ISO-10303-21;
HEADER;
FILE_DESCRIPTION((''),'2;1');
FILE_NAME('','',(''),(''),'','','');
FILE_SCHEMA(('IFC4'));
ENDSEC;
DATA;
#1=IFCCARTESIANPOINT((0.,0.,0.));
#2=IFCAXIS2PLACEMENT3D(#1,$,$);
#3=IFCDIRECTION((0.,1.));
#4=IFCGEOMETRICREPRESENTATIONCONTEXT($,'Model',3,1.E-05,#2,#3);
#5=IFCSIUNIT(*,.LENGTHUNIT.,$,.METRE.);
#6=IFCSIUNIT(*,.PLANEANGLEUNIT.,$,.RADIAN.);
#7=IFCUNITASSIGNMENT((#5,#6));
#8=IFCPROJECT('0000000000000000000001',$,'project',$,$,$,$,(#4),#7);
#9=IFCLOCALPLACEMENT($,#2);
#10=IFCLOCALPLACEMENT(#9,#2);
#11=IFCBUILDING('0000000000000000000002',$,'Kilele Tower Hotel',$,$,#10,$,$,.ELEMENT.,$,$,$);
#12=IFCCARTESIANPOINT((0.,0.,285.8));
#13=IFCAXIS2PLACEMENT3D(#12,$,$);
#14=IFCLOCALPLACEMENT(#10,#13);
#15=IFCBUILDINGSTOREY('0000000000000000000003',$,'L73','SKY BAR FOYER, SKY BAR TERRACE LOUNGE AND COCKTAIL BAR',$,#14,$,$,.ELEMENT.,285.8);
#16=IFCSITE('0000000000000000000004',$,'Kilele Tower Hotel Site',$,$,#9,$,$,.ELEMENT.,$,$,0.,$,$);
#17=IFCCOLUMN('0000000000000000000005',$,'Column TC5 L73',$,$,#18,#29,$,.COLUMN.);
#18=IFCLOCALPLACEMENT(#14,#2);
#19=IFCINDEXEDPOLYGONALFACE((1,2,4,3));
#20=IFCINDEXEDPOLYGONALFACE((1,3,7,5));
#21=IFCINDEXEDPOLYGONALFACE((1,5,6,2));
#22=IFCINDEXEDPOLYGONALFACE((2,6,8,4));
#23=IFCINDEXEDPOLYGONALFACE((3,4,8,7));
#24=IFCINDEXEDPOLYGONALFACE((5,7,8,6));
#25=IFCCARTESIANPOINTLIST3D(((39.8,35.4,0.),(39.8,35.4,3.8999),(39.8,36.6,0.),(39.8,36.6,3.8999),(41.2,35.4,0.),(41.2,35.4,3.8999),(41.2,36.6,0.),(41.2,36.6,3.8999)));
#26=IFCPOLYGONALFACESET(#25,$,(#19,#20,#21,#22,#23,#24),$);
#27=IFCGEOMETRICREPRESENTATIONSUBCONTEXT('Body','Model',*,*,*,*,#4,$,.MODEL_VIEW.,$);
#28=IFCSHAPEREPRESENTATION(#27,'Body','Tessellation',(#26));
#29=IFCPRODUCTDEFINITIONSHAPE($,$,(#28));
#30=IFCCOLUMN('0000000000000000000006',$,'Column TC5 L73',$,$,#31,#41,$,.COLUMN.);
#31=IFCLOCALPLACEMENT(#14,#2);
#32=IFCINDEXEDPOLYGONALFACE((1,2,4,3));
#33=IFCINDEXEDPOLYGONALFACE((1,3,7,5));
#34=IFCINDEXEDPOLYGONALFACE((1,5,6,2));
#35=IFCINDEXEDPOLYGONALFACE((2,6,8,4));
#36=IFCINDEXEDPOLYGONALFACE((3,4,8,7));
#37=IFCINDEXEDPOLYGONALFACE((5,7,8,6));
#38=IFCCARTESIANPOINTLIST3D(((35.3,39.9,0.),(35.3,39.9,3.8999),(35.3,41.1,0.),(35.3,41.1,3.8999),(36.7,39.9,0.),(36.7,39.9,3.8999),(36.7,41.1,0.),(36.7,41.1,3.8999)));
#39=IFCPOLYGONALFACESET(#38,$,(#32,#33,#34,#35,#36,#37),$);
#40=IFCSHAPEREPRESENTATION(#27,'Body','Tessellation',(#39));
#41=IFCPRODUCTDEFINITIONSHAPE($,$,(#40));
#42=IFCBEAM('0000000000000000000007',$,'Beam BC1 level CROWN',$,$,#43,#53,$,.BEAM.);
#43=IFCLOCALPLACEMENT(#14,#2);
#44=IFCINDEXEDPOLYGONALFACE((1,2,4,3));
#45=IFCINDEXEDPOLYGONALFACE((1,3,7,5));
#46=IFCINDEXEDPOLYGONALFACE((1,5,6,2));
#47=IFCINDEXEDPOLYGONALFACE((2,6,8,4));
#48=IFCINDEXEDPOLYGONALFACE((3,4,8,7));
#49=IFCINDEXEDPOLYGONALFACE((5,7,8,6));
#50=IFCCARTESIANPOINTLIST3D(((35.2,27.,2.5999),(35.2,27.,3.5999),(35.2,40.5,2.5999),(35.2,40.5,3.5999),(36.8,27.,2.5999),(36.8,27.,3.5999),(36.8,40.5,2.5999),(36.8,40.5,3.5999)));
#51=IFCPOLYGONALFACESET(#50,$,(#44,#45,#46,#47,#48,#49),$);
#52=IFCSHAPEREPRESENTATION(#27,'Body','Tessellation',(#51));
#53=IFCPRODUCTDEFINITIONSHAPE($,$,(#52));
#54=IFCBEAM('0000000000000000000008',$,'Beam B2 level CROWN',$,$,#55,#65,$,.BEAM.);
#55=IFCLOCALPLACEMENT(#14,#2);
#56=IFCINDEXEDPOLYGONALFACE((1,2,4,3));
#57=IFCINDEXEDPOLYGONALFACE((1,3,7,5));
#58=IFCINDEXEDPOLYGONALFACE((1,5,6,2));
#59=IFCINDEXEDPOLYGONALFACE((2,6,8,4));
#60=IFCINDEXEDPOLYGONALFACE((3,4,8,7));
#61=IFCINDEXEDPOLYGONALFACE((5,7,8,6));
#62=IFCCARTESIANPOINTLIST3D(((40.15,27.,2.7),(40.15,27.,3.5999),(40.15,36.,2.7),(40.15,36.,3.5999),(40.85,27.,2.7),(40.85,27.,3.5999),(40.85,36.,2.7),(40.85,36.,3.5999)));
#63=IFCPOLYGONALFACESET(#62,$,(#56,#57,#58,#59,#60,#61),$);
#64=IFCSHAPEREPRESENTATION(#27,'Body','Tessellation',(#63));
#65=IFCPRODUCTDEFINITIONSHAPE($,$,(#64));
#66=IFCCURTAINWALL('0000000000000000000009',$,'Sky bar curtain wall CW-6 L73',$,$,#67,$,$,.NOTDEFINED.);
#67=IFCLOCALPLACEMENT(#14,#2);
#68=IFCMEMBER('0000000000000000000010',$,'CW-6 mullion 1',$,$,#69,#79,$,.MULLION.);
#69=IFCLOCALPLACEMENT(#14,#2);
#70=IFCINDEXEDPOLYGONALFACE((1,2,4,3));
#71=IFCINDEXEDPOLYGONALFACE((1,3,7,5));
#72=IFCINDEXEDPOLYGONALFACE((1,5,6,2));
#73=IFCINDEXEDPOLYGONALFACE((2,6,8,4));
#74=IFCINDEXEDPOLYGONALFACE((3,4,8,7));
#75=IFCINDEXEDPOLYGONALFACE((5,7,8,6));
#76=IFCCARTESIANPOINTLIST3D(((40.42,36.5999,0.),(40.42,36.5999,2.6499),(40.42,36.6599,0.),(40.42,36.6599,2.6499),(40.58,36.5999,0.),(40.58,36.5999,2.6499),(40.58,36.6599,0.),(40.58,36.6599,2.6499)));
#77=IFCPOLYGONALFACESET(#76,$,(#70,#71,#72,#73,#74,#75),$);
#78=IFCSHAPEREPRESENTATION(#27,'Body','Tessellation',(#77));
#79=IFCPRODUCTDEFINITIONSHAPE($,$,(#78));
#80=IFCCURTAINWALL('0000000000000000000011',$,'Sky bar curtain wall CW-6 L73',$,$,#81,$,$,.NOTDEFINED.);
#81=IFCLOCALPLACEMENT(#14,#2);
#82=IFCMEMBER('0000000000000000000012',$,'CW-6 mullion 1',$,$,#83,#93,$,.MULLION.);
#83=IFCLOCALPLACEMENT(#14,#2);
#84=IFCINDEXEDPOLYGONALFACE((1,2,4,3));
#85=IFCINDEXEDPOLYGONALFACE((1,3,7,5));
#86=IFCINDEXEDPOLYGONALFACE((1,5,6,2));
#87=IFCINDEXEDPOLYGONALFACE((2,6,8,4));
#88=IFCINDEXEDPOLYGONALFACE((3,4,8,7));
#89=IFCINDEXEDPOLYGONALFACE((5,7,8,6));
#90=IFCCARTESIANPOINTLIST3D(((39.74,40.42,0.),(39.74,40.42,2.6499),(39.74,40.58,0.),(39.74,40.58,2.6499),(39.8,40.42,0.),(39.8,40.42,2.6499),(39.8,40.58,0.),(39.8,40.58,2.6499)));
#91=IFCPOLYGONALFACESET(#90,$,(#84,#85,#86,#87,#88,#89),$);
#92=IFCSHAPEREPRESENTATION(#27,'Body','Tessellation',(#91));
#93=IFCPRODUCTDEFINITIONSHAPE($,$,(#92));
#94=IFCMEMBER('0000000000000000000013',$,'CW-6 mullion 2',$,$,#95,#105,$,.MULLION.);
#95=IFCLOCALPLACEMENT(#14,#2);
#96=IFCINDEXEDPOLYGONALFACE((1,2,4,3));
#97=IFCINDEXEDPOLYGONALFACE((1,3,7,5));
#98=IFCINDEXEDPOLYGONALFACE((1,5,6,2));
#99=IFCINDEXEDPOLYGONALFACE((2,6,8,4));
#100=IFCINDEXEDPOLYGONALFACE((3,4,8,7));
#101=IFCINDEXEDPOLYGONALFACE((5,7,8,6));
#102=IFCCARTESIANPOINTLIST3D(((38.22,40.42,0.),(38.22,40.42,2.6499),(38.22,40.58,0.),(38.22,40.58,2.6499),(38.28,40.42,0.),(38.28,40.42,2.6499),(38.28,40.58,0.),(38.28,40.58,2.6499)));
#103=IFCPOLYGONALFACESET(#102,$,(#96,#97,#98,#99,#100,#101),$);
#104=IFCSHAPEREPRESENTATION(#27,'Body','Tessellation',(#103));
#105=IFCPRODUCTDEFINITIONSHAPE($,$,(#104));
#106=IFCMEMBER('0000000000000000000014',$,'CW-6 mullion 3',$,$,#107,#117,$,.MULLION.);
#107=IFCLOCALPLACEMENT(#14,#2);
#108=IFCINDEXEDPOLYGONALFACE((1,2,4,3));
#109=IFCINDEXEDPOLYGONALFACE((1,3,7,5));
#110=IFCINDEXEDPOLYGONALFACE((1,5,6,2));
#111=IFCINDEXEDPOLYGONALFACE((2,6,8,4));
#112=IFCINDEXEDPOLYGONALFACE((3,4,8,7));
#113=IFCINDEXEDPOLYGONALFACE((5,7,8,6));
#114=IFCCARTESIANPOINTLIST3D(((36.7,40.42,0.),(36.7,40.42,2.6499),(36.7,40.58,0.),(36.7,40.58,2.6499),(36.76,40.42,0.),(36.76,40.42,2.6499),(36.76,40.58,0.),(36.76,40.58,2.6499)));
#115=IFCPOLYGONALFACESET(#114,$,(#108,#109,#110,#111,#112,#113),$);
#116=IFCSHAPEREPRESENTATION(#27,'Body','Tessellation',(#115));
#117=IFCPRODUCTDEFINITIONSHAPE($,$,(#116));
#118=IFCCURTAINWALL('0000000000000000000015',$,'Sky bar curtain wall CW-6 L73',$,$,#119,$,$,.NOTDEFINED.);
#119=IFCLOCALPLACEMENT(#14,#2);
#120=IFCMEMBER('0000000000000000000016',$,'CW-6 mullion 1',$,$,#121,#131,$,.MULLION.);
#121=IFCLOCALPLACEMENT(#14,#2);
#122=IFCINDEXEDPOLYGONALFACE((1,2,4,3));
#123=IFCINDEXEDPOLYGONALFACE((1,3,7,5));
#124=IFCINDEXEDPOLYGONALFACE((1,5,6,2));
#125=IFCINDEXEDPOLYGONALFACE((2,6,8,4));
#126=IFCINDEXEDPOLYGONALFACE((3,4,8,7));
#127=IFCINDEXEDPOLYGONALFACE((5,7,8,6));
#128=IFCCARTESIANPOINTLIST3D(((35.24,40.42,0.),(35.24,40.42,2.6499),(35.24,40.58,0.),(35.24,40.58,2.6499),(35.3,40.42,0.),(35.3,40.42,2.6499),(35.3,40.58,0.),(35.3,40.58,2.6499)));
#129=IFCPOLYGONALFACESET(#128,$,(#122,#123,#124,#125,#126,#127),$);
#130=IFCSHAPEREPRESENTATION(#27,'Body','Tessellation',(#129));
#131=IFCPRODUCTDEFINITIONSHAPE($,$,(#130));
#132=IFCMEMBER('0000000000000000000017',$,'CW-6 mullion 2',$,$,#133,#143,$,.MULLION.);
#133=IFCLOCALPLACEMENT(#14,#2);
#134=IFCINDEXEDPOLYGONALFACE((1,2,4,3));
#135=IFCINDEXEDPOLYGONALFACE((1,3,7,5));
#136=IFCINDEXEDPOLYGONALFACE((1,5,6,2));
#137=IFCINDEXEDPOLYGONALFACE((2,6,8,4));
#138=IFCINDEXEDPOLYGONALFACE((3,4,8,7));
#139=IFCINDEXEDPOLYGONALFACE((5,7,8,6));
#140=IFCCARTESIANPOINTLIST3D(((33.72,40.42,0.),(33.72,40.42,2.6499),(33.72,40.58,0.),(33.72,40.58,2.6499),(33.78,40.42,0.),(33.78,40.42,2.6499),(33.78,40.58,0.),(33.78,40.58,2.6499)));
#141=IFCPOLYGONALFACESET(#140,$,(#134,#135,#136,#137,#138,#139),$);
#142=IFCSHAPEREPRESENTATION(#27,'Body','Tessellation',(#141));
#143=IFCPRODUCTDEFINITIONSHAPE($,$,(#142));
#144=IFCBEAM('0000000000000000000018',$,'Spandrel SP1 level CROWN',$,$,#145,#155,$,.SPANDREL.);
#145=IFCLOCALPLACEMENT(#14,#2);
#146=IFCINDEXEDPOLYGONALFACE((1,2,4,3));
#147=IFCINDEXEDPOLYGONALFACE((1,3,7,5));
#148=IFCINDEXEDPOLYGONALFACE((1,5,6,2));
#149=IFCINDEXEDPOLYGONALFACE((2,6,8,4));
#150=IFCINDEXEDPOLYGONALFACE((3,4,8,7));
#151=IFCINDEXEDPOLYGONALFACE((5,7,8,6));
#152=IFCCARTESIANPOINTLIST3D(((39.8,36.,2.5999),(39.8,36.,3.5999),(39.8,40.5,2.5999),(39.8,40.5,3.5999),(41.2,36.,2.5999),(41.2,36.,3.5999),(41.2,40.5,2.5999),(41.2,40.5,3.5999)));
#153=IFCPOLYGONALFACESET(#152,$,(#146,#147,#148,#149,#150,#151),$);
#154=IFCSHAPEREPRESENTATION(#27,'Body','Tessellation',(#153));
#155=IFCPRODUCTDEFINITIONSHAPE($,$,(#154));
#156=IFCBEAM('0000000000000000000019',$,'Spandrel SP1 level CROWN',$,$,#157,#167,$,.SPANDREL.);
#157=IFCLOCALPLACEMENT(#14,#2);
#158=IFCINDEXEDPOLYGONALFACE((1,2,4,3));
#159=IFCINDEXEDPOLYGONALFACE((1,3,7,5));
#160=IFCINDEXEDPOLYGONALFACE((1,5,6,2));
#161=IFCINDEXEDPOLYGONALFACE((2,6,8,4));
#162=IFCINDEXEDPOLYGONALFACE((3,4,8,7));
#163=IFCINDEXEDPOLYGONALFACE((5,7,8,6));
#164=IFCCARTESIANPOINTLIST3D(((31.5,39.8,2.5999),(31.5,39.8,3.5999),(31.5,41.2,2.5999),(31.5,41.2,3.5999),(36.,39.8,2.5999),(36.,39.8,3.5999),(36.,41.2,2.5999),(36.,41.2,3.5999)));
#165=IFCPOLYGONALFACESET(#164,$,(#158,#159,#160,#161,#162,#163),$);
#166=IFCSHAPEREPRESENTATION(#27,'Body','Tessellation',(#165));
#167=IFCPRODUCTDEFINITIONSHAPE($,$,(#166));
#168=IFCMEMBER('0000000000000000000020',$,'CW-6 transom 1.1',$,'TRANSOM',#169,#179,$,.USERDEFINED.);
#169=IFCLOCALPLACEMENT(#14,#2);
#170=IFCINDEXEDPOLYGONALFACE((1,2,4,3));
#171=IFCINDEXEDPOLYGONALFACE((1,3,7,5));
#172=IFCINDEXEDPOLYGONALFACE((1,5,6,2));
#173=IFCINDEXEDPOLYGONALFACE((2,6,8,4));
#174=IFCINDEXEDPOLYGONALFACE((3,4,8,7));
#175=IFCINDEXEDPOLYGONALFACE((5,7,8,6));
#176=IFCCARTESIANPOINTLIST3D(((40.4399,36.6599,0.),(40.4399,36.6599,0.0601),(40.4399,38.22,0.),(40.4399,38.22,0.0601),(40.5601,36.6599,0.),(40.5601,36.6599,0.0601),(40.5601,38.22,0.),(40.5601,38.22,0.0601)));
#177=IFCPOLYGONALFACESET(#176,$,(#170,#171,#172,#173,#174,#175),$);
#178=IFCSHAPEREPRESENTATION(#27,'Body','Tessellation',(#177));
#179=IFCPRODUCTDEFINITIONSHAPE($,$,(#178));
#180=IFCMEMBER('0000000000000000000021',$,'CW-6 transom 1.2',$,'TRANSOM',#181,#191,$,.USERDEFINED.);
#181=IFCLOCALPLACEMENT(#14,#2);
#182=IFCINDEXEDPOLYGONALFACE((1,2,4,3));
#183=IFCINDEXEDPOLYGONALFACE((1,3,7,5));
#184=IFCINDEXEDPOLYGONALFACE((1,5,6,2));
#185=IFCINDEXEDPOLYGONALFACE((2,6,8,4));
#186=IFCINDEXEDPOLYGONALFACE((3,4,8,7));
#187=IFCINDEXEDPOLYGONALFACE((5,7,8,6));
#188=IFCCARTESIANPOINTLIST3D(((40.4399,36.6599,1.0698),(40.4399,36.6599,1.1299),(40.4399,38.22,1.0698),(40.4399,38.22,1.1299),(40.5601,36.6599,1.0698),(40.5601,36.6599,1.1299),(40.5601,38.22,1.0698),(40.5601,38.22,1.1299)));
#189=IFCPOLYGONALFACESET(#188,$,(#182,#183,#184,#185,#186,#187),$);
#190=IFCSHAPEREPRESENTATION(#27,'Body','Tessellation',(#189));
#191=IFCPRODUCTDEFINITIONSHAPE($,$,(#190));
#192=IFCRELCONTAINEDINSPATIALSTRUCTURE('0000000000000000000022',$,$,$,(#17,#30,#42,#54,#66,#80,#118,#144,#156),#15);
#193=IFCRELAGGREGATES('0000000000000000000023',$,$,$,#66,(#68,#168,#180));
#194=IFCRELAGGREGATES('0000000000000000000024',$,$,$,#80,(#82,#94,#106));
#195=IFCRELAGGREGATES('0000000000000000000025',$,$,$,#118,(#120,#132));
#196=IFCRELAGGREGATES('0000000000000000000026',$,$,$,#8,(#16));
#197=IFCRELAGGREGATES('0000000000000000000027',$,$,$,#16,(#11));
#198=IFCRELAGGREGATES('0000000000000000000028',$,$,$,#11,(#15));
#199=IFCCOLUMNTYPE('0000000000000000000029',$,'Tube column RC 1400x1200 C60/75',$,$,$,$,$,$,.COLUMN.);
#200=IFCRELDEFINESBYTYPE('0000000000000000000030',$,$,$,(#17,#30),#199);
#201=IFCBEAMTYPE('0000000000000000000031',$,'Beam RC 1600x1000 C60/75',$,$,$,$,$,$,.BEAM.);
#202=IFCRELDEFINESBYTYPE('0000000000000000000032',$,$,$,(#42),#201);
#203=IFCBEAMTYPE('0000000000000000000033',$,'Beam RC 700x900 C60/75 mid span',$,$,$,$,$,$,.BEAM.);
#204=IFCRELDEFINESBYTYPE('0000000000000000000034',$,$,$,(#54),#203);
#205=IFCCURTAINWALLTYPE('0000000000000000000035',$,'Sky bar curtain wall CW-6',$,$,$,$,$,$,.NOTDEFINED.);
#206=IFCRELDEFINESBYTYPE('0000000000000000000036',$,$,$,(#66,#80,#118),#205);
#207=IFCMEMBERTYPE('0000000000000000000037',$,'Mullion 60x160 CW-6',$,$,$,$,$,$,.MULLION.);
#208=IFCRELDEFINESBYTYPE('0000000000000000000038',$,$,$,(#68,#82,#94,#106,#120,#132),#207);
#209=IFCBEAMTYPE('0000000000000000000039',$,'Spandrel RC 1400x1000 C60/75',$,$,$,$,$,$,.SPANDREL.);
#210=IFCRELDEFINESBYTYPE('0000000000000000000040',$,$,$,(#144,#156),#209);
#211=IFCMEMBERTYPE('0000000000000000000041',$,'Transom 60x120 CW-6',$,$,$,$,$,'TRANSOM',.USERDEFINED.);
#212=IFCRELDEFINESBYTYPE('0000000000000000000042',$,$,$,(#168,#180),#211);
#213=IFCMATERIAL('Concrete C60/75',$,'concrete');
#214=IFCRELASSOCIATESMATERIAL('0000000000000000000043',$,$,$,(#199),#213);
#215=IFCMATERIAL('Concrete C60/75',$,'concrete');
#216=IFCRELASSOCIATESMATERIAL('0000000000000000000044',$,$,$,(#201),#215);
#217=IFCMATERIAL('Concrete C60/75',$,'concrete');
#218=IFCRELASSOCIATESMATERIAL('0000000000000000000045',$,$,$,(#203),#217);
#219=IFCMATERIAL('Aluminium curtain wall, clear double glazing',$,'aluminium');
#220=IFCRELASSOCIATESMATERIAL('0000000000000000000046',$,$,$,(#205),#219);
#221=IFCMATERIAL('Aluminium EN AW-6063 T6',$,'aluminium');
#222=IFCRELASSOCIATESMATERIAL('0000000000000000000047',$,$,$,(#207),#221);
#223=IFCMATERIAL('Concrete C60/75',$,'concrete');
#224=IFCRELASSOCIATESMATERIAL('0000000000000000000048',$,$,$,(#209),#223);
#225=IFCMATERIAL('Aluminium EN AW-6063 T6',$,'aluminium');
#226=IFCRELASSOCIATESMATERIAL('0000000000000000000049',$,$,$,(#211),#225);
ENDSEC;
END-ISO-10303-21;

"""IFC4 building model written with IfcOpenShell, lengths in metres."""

from ifc_helpers import new_model, si_unit, direction, frame, origin, origin_2d, place, context, subcontext, project, spatial, rectangle, extrude, material, material_profile, profile_set, type_object, element, aggregate, save


model = new_model("IFC4")

# Units and contexts
model_context = context("Model", 3, precision=1e-05, world=origin(), true_north=direction((0.0, 1.0)))
body_context = subcontext(model_context, "Body", "Model", "MODEL_VIEW")
ifc_project = project(units=[si_unit("LENGTHUNIT", "METRE"), si_unit("PLANEANGLEUNIT", "RADIAN")], contexts=[model_context])

# Site, building, storey
site_placement = place(None, origin())
site = spatial("IfcSite", under=ifc_project, at=site_placement, Name="Kilele Tower Hotel Site", CompositionType="ELEMENT", RefElevation=0.0)
building_placement = place(site_placement, origin())
building = spatial("IfcBuilding", under=site, at=building_placement, Name="Kilele Tower Hotel", CompositionType="ELEMENT")
storey_placement = place(building_placement, frame((0.0, 0.0, 285.8)))
storey = spatial("IfcBuildingStorey", under=building, at=storey_placement, Name="L73", Description="SKY BAR FOYER, SKY BAR TERRACE LOUNGE AND COCKTAIL BAR", CompositionType="ELEMENT", Elevation=285.8)

# Columns
ifc_material_1 = material(Name="Concrete C60/75", Category="concrete")
ifc_material_profile_1 = material_profile(ifc_material_1, rectangle(XDim=1.3999, YDim=1.2, at=origin_2d()))
ifc_profile_set_1 = profile_set([ifc_material_profile_1], Name="Concrete C60/75")
column_type = type_object("IfcColumnType", Name="Tube column RC 1400x1200 C60/75", PredefinedType="COLUMN", material=ifc_profile_set_1)
for number, where, z_axis, x_axis, name in (
    (1, (40.5, 36.0, 0.0), (0.0, 0.0, 1.0), (1.0, 0.0, 0.0), "Column TC5 L73"),
    (2, (36.0, 40.5, 0.0), (0.0, 0.0, 1.0), (1.0, 0.0, 0.0), "Column TC5 L73"),
):
    element("IfcColumn", number, at=place(storey_placement, frame(where, z_axis=z_axis, x_axis=x_axis)), inside=storey, type_object=column_type, Name=name, PredefinedType="COLUMN", context=body_context, shape_type="SweptSolid", body=[
        extrude(rectangle(XDim=1.3999, YDim=1.2, at=origin_2d()), origin(), (0.0, 0.0, 1.0), 3.8999),
    ])

# Beams
ifc_material_2 = material(Name="Concrete C60/75", Category="concrete")
ifc_material_profile_2 = material_profile(ifc_material_2, rectangle(XDim=1.6001, YDim=1.0, at=origin_2d()))
ifc_profile_set_2 = profile_set([ifc_material_profile_2], Name="Concrete C60/75")
beam_type_1 = type_object("IfcBeamType", Name="Beam RC 1600x1000 C60/75", PredefinedType="BEAM", material=ifc_profile_set_2)
beam_1_placement = place(storey_placement, frame((36.0, 40.5, 3.0999), z_axis=(0.0, -1.0, 0.0), x_axis=(1.0, 0.0, 0.0)))
element("IfcBeam", 3, at=beam_1_placement, inside=storey, type_object=beam_type_1, Name="Beam BC1 level CROWN", PredefinedType="BEAM", context=body_context, shape_type="SweptSolid", body=[
    extrude(rectangle(XDim=1.6001, YDim=1.0, at=origin_2d()), origin(), (0.0, 0.0, 1.0), 13.5),
])
ifc_material_3 = material(Name="Concrete C60/75", Category="concrete")
ifc_material_profile_3 = material_profile(ifc_material_3, rectangle(XDim=0.7, YDim=0.8999, at=origin_2d()))
ifc_profile_set_3 = profile_set([ifc_material_profile_3], Name="Concrete C60/75")
beam_type_2 = type_object("IfcBeamType", Name="Beam RC 700x900 C60/75 mid span", PredefinedType="BEAM", material=ifc_profile_set_3)
beam_2_placement = place(storey_placement, frame((40.5, 36.0, 3.1499), z_axis=(0.0, -1.0, 0.0), x_axis=(1.0, 0.0, 0.0)))
element("IfcBeam", 4, at=beam_2_placement, inside=storey, type_object=beam_type_2, Name="Beam B2 level CROWN", PredefinedType="BEAM", context=body_context, shape_type="SweptSolid", body=[
    extrude(rectangle(XDim=0.7, YDim=0.8999, at=origin_2d()), origin(), (0.0, 0.0, 1.0), 9.0),
])

# Curtain wall, member
ifc_material_4 = material(Name="Aluminium curtain wall, clear double glazing", Category="aluminium")
curtain_wall_type = type_object("IfcCurtainWallType", Name="Sky bar curtain wall CW-6", PredefinedType="NOTDEFINED", material=ifc_material_4)
curtain_wall_1_placement = place(storey_placement, origin())
curtain_wall_1 = element("IfcCurtainWall", 5, at=curtain_wall_1_placement, inside=storey, type_object=curtain_wall_type, Name="Sky bar curtain wall CW-6 L73", PredefinedType="NOTDEFINED")
ifc_material_5 = material(Name="Aluminium EN AW-6063 T6", Category="aluminium")
ifc_material_profile_4 = material_profile(ifc_material_5, rectangle(XDim=0.1599, YDim=0.0601, at=origin_2d()))
ifc_profile_set_4 = profile_set([ifc_material_profile_4], Name="Aluminium EN AW-6063 T6")
member_type_1 = type_object("IfcMemberType", Name="Mullion 60x160 CW-6", PredefinedType="MULLION", material=ifc_profile_set_4)
member_1_placement = place(storey_placement, frame((40.5, 36.6299, 0.0), z_axis=(0.0, 0.0, 1.0), x_axis=(-1.0, 0.0, 0.0)))
member_1 = element("IfcMember", 6, at=member_1_placement, type_object=member_type_1, Name="CW-6 mullion 1", PredefinedType="MULLION", context=body_context, shape_type="SweptSolid", body=[
    extrude(rectangle(XDim=0.1599, YDim=0.0601, at=origin_2d()), origin(), (0.0, 0.0, 1.0), 2.6499),
])

# Curtain walls, members
curtain_wall_2_placement = place(storey_placement, origin())
curtain_wall_2 = element("IfcCurtainWall", 7, at=curtain_wall_2_placement, inside=storey, type_object=curtain_wall_type, Name="Sky bar curtain wall CW-6 L73", PredefinedType="NOTDEFINED")
member_2_placement = place(storey_placement, frame((39.77, 40.5, 0.0), z_axis=(0.0, 0.0, 1.0), x_axis=(0.0, -1.0, 0.0)))
member_2 = element("IfcMember", 8, at=member_2_placement, type_object=member_type_1, Name="CW-6 mullion 1", PredefinedType="MULLION", context=body_context, shape_type="SweptSolid", body=[
    extrude(rectangle(XDim=0.1599, YDim=0.0601, at=origin_2d()), origin(), (0.0, 0.0, 1.0), 2.6499),
])
member_3_placement = place(storey_placement, frame((38.25, 40.5, 0.0), z_axis=(0.0, 0.0, 1.0), x_axis=(0.0, -1.0, 0.0)))
member_3 = element("IfcMember", 9, at=member_3_placement, type_object=member_type_1, Name="CW-6 mullion 2", PredefinedType="MULLION", context=body_context, shape_type="SweptSolid", body=[
    extrude(rectangle(XDim=0.1599, YDim=0.0601, at=origin_2d()), origin(), (0.0, 0.0, 1.0), 2.6499),
])
member_4_placement = place(storey_placement, frame((36.73, 40.5, 0.0), z_axis=(0.0, 0.0, 1.0), x_axis=(0.0, -1.0, 0.0)))
member_4 = element("IfcMember", 10, at=member_4_placement, type_object=member_type_1, Name="CW-6 mullion 3", PredefinedType="MULLION", context=body_context, shape_type="SweptSolid", body=[
    extrude(rectangle(XDim=0.1599, YDim=0.0601, at=origin_2d()), origin(), (0.0, 0.0, 1.0), 2.6499),
])
curtain_wall_3_placement = place(storey_placement, origin())
curtain_wall_3 = element("IfcCurtainWall", 11, at=curtain_wall_3_placement, inside=storey, type_object=curtain_wall_type, Name="Sky bar curtain wall CW-6 L73", PredefinedType="NOTDEFINED")
member_5_placement = place(storey_placement, frame((35.27, 40.5, 0.0), z_axis=(0.0, 0.0, 1.0), x_axis=(0.0, -1.0, 0.0)))
member_5 = element("IfcMember", 12, at=member_5_placement, type_object=member_type_1, Name="CW-6 mullion 1", PredefinedType="MULLION", context=body_context, shape_type="SweptSolid", body=[
    extrude(rectangle(XDim=0.1599, YDim=0.0601, at=origin_2d()), origin(), (0.0, 0.0, 1.0), 2.6499),
])
member_6_placement = place(storey_placement, frame((33.75, 40.5, 0.0), z_axis=(0.0, 0.0, 1.0), x_axis=(0.0, -1.0, 0.0)))
member_6 = element("IfcMember", 13, at=member_6_placement, type_object=member_type_1, Name="CW-6 mullion 2", PredefinedType="MULLION", context=body_context, shape_type="SweptSolid", body=[
    extrude(rectangle(XDim=0.1599, YDim=0.0601, at=origin_2d()), origin(), (0.0, 0.0, 1.0), 2.6499),
])

# Beams
ifc_material_6 = material(Name="Concrete C60/75", Category="concrete")
ifc_material_profile_5 = material_profile(ifc_material_6, rectangle(XDim=1.3999, YDim=1.0, at=origin_2d()))
ifc_profile_set_5 = profile_set([ifc_material_profile_5], Name="Concrete C60/75")
beam_type_3 = type_object("IfcBeamType", Name="Spandrel RC 1400x1000 C60/75", PredefinedType="SPANDREL", material=ifc_profile_set_5)
for number, where, z_axis, x_axis, name in (
    (14, (40.5, 36.0, 3.0999), (0.0, 1.0, 0.0), (-1.0, 0.0, 0.0), "Spandrel SP1 level CROWN"),
    (15, (36.0, 40.5, 3.0999), (-1.0, 0.0, 0.0), (0.0, -1.0, 0.0), "Spandrel SP1 level CROWN"),
):
    element("IfcBeam", number, at=place(storey_placement, frame(where, z_axis=z_axis, x_axis=x_axis)), inside=storey, type_object=beam_type_3, Name=name, PredefinedType="SPANDREL", context=body_context, shape_type="SweptSolid", body=[
        extrude(rectangle(XDim=1.3999, YDim=1.0, at=origin_2d()), origin(), (0.0, 0.0, 1.0), 4.5),
    ])

# Members
ifc_material_7 = material(Name="Aluminium EN AW-6063 T6", Category="aluminium")
ifc_material_profile_6 = material_profile(ifc_material_7, rectangle(XDim=0.1201, YDim=0.0601, at=origin_2d()))
ifc_profile_set_6 = profile_set([ifc_material_profile_6], Name="Aluminium EN AW-6063 T6")
member_type_2 = type_object("IfcMemberType", Name="Transom 60x120 CW-6", ElementType="TRANSOM", PredefinedType="USERDEFINED", material=ifc_profile_set_6)
member_7_placement = place(storey_placement, frame((40.5, 36.6599, 0.03), z_axis=(0.0, 1.0, 0.0), x_axis=(-1.0, 0.0, 0.0)))
member_7 = element("IfcMember", 16, at=member_7_placement, type_object=member_type_2, Name="CW-6 transom 1.1", ObjectType="TRANSOM", PredefinedType="USERDEFINED", context=body_context, shape_type="SweptSolid", body=[
    extrude(rectangle(XDim=0.1201, YDim=0.0601, at=origin_2d()), origin(), (0.0, 0.0, 1.0), 1.5601),
])
member_8_placement = place(storey_placement, frame((40.5, 36.6599, 1.0999), z_axis=(0.0, 1.0, 0.0), x_axis=(-1.0, 0.0, 0.0)))
member_8 = element("IfcMember", 17, at=member_8_placement, type_object=member_type_2, Name="CW-6 transom 1.2", ObjectType="TRANSOM", PredefinedType="USERDEFINED", context=body_context, shape_type="SweptSolid", body=[
    extrude(rectangle(XDim=0.1201, YDim=0.0601, at=origin_2d()), origin(), (0.0, 0.0, 1.0), 1.5601),
])

aggregate(curtain_wall_1, [member_1, member_7, member_8])
aggregate(curtain_wall_2, [member_2, member_3, member_4])
aggregate(curtain_wall_3, [member_5, member_6])

save(model, "model.ifc")
